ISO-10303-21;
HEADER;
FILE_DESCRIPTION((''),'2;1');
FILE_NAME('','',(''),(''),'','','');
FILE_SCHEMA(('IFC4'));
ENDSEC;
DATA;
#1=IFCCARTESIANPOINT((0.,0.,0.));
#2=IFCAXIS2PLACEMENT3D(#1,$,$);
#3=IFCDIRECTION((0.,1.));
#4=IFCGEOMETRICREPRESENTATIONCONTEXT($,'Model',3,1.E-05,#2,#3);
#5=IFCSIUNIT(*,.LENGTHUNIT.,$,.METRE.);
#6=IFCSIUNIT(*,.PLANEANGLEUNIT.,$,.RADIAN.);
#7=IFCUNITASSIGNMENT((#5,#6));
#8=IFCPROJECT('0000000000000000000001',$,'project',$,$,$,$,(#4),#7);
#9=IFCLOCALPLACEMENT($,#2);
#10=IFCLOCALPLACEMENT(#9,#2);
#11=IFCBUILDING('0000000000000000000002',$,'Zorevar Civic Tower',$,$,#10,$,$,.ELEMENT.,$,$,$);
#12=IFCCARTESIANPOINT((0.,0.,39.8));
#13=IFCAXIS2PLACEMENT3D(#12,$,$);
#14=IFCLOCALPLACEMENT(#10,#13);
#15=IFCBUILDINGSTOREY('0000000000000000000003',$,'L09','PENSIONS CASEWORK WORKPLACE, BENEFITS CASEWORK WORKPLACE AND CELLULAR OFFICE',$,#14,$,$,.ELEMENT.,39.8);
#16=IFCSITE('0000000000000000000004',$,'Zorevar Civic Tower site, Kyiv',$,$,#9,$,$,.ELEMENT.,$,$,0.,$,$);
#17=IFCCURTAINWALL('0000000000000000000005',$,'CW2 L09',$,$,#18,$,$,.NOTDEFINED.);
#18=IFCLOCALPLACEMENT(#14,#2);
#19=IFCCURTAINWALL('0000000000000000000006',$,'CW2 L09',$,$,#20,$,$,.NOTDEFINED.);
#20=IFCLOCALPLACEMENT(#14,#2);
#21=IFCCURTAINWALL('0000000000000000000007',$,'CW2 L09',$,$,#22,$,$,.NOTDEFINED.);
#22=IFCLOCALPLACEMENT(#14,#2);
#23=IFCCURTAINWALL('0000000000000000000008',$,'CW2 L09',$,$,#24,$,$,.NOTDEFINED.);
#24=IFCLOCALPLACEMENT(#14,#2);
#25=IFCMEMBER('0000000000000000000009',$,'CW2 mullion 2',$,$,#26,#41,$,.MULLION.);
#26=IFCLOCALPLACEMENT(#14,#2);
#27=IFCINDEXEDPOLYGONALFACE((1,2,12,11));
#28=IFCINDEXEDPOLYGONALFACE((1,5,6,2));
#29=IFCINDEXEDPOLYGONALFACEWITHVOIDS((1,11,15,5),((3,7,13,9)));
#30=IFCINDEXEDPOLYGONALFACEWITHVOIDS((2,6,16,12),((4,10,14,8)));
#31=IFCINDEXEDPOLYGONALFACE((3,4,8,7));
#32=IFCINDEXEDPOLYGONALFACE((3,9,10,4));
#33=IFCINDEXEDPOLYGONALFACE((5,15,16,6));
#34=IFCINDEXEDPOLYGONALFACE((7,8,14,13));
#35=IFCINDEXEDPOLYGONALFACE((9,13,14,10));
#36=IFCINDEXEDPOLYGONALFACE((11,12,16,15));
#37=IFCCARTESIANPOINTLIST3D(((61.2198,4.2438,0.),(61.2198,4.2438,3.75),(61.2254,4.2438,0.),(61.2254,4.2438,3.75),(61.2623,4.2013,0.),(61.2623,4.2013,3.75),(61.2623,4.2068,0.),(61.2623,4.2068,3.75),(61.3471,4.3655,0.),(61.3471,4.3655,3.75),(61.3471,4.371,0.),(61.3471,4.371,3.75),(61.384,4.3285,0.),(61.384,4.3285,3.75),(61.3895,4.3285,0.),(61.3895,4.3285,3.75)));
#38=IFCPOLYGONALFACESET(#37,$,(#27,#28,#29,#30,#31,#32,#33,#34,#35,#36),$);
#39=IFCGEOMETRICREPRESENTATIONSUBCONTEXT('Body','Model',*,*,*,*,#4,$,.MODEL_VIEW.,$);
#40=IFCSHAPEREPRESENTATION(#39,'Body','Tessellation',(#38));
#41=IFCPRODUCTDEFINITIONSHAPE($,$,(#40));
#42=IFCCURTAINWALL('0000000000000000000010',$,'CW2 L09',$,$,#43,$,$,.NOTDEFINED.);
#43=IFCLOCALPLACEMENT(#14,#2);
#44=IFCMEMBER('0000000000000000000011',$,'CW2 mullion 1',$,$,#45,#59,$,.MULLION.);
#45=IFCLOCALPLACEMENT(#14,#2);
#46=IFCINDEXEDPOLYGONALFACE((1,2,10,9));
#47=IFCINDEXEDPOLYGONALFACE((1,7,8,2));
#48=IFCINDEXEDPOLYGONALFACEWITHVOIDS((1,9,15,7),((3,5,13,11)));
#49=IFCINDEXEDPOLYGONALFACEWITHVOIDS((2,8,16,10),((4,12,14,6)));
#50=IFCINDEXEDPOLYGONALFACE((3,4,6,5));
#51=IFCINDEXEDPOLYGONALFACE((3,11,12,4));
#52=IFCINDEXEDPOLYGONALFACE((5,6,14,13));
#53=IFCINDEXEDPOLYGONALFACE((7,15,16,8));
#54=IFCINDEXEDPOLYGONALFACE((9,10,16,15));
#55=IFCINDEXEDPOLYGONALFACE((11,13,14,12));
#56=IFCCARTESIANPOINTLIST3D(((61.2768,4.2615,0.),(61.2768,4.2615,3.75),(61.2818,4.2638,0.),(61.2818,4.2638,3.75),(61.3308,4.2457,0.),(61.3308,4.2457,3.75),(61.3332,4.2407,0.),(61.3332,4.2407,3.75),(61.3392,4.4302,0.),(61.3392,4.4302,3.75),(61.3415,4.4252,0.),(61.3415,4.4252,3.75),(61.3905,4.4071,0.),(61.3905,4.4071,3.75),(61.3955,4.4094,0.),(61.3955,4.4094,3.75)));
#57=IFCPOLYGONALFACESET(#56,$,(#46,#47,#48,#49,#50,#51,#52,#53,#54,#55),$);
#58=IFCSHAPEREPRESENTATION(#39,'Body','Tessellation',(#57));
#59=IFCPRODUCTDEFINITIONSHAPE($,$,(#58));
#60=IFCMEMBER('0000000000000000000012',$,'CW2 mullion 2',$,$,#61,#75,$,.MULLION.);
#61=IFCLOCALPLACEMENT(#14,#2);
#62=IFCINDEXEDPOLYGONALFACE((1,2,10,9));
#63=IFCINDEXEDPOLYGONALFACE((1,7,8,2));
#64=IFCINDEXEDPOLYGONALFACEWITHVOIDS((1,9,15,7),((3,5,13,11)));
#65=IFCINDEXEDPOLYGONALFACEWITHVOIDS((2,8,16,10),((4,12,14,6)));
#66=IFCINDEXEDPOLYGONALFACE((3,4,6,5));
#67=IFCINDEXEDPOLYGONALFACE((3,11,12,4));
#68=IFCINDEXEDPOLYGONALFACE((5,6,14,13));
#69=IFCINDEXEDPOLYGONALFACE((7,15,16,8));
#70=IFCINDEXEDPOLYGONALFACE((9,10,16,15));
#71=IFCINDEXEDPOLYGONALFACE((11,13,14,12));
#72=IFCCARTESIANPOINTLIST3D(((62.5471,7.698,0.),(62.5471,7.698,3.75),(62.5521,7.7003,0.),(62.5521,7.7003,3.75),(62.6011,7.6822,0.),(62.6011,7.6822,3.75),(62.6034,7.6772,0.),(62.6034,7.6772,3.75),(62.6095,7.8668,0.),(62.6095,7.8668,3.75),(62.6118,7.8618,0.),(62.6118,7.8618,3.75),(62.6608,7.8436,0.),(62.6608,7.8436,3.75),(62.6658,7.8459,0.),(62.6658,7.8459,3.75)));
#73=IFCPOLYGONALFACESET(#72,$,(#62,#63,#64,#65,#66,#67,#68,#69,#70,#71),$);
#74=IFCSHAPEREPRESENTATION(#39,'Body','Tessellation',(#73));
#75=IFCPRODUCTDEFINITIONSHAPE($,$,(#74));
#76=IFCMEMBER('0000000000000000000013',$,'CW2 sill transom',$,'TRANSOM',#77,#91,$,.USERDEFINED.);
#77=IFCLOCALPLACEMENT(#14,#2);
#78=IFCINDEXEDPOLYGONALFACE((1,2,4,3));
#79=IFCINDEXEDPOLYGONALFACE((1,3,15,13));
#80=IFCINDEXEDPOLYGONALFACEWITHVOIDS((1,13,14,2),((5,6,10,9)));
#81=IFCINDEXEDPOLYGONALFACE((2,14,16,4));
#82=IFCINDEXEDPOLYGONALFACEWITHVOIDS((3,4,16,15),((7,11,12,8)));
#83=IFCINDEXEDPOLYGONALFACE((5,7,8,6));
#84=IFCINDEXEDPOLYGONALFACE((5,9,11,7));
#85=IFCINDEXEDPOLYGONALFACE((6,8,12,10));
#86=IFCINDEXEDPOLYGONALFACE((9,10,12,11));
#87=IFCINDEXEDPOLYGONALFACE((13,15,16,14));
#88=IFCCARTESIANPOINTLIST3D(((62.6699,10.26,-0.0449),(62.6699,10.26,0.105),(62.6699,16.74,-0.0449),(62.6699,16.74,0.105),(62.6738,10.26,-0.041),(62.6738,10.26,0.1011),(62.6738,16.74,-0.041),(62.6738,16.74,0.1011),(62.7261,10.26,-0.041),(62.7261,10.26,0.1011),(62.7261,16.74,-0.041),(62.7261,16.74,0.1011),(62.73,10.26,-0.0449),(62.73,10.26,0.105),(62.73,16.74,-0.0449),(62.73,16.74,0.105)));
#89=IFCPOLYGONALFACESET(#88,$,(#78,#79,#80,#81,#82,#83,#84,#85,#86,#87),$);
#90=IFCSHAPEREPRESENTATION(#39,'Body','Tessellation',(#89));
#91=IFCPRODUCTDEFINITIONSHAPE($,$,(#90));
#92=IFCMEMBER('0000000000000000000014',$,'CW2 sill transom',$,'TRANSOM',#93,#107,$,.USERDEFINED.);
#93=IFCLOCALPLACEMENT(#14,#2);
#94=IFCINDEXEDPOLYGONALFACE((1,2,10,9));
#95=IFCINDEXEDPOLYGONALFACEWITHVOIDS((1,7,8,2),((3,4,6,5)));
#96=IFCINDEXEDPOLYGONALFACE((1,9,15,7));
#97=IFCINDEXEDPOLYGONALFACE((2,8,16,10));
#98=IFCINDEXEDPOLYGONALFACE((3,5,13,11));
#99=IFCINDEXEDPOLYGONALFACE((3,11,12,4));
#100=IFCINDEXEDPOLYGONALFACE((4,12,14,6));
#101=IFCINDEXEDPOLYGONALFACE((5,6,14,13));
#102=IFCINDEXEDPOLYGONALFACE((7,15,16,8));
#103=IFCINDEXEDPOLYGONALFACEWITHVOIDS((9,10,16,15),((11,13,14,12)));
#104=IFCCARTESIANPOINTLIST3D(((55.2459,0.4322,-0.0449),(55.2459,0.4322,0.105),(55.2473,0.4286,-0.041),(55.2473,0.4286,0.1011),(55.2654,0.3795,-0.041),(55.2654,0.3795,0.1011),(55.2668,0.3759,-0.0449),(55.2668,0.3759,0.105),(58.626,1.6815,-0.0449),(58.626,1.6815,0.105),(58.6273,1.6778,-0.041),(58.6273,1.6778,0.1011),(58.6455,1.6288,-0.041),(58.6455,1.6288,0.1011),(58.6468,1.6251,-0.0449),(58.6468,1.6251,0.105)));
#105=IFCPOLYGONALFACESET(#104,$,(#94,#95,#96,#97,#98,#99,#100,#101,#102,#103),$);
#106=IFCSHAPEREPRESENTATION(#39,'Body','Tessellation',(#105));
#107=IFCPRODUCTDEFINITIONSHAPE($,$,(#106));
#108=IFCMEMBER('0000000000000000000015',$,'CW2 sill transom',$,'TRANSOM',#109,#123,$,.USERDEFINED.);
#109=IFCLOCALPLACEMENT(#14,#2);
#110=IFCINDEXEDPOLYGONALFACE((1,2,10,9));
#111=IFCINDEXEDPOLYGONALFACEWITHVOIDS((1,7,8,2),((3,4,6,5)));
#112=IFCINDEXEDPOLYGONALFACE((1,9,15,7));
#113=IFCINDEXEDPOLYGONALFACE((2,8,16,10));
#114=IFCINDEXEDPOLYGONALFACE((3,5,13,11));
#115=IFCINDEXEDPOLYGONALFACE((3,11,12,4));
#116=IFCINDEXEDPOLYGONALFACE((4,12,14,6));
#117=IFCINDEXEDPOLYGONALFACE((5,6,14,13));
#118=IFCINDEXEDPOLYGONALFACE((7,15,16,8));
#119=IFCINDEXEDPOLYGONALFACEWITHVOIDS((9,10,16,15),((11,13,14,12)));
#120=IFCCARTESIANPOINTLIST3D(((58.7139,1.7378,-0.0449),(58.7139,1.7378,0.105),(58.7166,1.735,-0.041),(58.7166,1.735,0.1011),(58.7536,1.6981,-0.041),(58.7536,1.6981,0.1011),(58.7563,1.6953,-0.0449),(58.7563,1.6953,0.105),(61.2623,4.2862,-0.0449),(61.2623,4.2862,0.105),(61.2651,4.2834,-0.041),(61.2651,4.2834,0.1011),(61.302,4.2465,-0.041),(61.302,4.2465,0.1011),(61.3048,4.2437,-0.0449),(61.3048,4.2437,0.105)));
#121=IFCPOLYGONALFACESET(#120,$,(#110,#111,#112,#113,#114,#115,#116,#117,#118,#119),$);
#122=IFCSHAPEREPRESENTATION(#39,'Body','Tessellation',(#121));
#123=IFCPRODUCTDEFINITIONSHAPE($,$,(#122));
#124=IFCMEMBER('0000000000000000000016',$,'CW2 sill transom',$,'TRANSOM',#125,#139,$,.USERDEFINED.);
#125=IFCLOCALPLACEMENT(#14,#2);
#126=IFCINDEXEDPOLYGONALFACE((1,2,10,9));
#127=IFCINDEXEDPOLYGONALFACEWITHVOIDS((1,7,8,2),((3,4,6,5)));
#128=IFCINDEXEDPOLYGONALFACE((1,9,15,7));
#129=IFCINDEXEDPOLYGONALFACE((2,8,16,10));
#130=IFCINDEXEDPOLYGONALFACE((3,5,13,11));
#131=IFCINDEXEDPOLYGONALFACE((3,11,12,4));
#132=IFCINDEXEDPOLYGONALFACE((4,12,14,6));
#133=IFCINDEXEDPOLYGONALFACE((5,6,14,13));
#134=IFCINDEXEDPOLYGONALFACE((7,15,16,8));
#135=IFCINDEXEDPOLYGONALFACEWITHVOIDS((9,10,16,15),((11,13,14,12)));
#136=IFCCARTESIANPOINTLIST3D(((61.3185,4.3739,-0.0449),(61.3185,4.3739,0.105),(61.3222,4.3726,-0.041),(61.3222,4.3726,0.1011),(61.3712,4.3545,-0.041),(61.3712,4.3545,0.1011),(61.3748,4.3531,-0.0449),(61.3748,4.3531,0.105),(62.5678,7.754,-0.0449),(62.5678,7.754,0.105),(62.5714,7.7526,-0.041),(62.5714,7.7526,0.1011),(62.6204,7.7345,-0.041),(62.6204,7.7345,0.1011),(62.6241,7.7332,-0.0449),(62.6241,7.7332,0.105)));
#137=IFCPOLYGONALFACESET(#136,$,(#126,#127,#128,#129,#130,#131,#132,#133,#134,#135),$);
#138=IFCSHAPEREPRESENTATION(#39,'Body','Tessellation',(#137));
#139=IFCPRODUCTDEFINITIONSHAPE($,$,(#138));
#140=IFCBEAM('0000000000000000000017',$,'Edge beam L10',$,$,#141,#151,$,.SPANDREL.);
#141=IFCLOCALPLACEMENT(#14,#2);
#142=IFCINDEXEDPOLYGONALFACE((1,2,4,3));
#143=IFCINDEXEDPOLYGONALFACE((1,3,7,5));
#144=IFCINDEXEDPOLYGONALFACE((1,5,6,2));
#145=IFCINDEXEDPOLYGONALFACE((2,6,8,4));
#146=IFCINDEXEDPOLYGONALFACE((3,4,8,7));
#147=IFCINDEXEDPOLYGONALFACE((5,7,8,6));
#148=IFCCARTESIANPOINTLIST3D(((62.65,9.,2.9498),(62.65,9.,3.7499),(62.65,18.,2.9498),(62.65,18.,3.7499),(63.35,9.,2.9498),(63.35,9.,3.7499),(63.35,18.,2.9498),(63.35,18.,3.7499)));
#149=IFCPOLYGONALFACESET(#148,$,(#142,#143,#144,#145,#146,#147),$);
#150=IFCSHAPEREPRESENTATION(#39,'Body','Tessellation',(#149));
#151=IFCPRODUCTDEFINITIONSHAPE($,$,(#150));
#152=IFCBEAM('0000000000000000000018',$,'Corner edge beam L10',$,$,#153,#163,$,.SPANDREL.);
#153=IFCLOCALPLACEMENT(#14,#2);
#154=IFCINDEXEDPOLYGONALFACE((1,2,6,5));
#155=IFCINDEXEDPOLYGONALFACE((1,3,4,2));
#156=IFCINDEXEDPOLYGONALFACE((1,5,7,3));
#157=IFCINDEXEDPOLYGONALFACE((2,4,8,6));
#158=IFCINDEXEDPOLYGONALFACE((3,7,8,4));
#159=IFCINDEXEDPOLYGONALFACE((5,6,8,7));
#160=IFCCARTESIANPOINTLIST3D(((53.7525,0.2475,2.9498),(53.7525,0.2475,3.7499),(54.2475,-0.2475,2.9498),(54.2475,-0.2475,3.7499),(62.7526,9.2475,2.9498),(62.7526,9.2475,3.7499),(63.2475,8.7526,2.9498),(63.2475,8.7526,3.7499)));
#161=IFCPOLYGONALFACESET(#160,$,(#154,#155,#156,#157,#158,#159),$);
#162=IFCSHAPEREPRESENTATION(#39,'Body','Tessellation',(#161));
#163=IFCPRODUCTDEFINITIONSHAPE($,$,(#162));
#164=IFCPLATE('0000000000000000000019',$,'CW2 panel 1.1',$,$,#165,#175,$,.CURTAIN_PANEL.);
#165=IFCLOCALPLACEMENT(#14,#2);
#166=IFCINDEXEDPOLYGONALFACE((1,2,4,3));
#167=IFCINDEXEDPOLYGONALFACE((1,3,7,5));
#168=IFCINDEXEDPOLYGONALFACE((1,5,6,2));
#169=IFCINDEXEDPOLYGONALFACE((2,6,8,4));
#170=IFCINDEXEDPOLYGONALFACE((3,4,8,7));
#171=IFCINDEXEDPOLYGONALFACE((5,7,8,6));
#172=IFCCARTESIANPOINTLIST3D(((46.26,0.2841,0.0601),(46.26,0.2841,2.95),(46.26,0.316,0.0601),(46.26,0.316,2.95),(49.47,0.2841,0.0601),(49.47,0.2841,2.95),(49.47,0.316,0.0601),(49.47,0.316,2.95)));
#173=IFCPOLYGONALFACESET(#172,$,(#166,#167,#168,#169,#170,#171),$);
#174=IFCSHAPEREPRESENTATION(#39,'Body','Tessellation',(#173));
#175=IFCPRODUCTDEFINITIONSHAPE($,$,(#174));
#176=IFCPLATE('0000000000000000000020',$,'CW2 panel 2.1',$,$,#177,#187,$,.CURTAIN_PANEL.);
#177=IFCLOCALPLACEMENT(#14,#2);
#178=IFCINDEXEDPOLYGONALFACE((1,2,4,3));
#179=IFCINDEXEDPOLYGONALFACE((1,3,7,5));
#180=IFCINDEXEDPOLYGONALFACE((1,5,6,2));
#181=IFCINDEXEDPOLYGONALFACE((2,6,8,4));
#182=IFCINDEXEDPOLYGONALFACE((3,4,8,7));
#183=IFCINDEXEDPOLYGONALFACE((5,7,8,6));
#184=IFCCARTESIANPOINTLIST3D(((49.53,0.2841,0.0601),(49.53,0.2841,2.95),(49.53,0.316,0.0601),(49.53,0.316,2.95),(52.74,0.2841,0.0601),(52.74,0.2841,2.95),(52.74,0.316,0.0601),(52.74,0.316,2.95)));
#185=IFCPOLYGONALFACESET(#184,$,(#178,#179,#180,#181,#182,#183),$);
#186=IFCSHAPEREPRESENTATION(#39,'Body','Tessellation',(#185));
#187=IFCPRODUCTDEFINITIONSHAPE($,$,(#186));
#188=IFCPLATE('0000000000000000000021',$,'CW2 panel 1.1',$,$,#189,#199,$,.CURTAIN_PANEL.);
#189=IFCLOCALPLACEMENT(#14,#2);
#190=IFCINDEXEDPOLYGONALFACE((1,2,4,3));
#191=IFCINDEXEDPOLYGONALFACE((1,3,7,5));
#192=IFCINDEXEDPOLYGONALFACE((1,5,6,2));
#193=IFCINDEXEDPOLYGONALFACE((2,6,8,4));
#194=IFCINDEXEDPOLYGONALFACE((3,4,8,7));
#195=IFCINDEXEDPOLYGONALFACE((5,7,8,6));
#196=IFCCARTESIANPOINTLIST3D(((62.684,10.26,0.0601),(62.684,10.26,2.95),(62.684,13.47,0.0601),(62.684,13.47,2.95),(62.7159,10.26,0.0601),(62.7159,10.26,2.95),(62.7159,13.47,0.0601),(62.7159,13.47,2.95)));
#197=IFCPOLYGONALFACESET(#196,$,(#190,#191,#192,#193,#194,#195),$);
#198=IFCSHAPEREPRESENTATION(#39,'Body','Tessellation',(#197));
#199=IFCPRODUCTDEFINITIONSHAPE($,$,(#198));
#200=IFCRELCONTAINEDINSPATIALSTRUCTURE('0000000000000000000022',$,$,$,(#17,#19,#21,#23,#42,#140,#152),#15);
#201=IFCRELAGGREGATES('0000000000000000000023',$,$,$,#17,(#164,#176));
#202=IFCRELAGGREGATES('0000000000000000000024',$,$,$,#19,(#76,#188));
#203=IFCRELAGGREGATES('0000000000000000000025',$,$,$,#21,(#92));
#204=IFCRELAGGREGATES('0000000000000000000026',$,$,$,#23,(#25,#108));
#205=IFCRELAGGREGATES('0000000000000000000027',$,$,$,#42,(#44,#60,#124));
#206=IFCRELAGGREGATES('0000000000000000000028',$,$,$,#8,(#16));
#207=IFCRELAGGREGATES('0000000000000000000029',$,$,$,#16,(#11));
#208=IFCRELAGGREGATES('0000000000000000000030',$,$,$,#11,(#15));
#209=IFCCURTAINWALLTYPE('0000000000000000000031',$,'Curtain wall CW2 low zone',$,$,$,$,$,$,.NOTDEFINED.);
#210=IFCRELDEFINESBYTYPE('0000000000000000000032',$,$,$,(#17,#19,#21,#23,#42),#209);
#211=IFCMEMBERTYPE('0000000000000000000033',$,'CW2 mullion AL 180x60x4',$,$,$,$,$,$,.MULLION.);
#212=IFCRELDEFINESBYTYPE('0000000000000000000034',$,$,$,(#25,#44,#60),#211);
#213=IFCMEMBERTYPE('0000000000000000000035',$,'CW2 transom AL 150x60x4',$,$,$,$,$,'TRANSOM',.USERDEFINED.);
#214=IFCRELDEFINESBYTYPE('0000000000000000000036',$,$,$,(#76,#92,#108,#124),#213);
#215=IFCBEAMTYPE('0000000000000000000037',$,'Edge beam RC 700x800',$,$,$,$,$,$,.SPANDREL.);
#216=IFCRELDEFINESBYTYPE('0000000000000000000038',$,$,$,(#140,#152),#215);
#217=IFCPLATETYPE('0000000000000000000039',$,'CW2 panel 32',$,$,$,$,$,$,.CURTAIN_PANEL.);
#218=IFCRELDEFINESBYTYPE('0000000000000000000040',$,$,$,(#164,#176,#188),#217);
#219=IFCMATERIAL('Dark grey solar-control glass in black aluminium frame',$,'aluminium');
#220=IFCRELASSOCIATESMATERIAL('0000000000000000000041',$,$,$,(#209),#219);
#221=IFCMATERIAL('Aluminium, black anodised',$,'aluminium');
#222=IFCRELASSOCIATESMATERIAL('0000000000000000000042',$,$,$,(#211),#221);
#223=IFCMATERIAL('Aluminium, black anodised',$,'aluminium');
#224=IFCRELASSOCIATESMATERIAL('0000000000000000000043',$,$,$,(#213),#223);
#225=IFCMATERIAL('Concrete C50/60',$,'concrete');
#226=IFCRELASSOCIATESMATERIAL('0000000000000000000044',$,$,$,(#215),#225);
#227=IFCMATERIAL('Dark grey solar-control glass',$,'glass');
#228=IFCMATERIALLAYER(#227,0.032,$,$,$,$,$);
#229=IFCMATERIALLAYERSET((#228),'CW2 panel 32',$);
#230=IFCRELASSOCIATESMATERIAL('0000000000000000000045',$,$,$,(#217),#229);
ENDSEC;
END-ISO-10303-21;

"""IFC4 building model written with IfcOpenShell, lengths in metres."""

from ifc_helpers import new_model, si_unit, direction, frame, origin, origin_2d, place, context, subcontext, project, spatial, rectangle, hollow_rectangle, extrude, material, layer, layer_set, material_profile, profile_set, type_object, element, aggregate, save


model = new_model("IFC4")

# Units and contexts
model_context = context("Model", 3, precision=1e-05, world=origin(), true_north=direction((0.0, 1.0)))
body_context = subcontext(model_context, "Body", "Model", "MODEL_VIEW")
ifc_project = project(units=[si_unit("LENGTHUNIT", "METRE"), si_unit("PLANEANGLEUNIT", "RADIAN")], contexts=[model_context])

# Site, building, storey
site_placement = place(None, origin())
site = spatial("IfcSite", under=ifc_project, at=site_placement, Name="Zorevar Civic Tower site, Kyiv", CompositionType="ELEMENT", RefElevation=0.0)
building_placement = place(site_placement, origin())
building = spatial("IfcBuilding", under=site, at=building_placement, Name="Zorevar Civic Tower", CompositionType="ELEMENT")
storey_placement = place(building_placement, frame((0.0, 0.0, 39.8)))
storey = spatial("IfcBuildingStorey", under=building, at=storey_placement, Name="L09", Description="PENSIONS CASEWORK WORKPLACE, BENEFITS CASEWORK WORKPLACE AND CELLULAR OFFICE", CompositionType="ELEMENT", Elevation=39.8)

# Curtain wall
ifc_material_1 = material(Name="Dark grey solar-control glass in black aluminium frame", Category="aluminium")
curtain_wall_type = type_object("IfcCurtainWallType", Name="Curtain wall CW2 low zone", PredefinedType="NOTDEFINED", material=ifc_material_1)
curtain_wall_1_placement = place(storey_placement, origin())
curtain_wall_1 = element("IfcCurtainWall", 1, at=curtain_wall_1_placement, inside=storey, type_object=curtain_wall_type, Name="CW2 L09", PredefinedType="NOTDEFINED")
ifc_material_2 = material(Name="Aluminium, black anodised", Category="aluminium")
ifc_material_profile_1 = material_profile(ifc_material_2, hollow_rectangle(XDim=0.0601, YDim=0.1799, WallThickness=0.0039, at=origin_2d()), Name="AL 180x60x4")
ifc_profile_set_1 = profile_set([ifc_material_profile_1], Name="Aluminium, black anodised")
member_type_1 = type_object("IfcMemberType", Name="CW2 mullion AL 180x60x4", PredefinedType="MULLION", material=ifc_profile_set_1)

# Curtain wall
curtain_wall_2_placement = place(storey_placement, origin())
curtain_wall_2 = element("IfcCurtainWall", 2, at=curtain_wall_2_placement, inside=storey, type_object=curtain_wall_type, Name="CW2 L09", PredefinedType="NOTDEFINED")

# Curtain walls, members
curtain_wall_3_placement = place(storey_placement, origin())
curtain_wall_3 = element("IfcCurtainWall", 3, at=curtain_wall_3_placement, inside=storey, type_object=curtain_wall_type, Name="CW2 L09", PredefinedType="NOTDEFINED")
curtain_wall_4_placement = place(storey_placement, origin())
curtain_wall_4 = element("IfcCurtainWall", 4, at=curtain_wall_4_placement, inside=storey, type_object=curtain_wall_type, Name="CW2 L09", PredefinedType="NOTDEFINED")
member_1_placement = place(storey_placement, frame((61.3047, 4.2861, 0.0), z_axis=(0.0, 0.0, 1.0), x_axis=(-0.707107, 0.707107, 0.0)))
member_1 = element("IfcMember", 5, at=member_1_placement, type_object=member_type_1, Name="CW2 mullion 2", PredefinedType="MULLION", context=body_context, shape_type="SweptSolid", body=[
    extrude(hollow_rectangle(XDim=0.0601, YDim=0.1799, WallThickness=0.0039, at=origin_2d()), origin(), (0.0, 0.0, 1.0), 3.75),
])
curtain_wall_5_placement = place(storey_placement, origin())
curtain_wall_5 = element("IfcCurtainWall", 6, at=curtain_wall_5_placement, inside=storey, type_object=curtain_wall_type, Name="CW2 L09", PredefinedType="NOTDEFINED")
member_2_placement = place(storey_placement, frame((61.3362, 4.3354, 0.0), z_axis=(0.0, 0.0, 1.0), x_axis=(-0.937975, 0.346704, 0.0)))
member_2 = element("IfcMember", 7, at=member_2_placement, type_object=member_type_1, Name="CW2 mullion 1", PredefinedType="MULLION", context=body_context, shape_type="SweptSolid", body=[
    extrude(hollow_rectangle(XDim=0.0601, YDim=0.1799, WallThickness=0.0039, at=origin_2d()), origin(), (0.0, 0.0, 1.0), 3.75),
])
member_3_placement = place(storey_placement, frame((62.6064, 7.772, 0.0), z_axis=(0.0, 0.0, 1.0), x_axis=(-0.937975, 0.346704, 0.0)))
member_3 = element("IfcMember", 8, at=member_3_placement, type_object=member_type_1, Name="CW2 mullion 2", PredefinedType="MULLION", context=body_context, shape_type="SweptSolid", body=[
    extrude(hollow_rectangle(XDim=0.0601, YDim=0.1799, WallThickness=0.0039, at=origin_2d()), origin(), (0.0, 0.0, 1.0), 3.75),
])

# Members
ifc_material_3 = material(Name="Aluminium, black anodised", Category="aluminium")
ifc_material_profile_2 = material_profile(ifc_material_3, hollow_rectangle(XDim=0.0601, YDim=0.1499, WallThickness=0.0039, at=origin_2d()), Name="AL 150x60x4")
ifc_profile_set_2 = profile_set([ifc_material_profile_2], Name="Aluminium, black anodised")
member_type_2 = type_object("IfcMemberType", Name="CW2 transom AL 150x60x4", ElementType="TRANSOM", PredefinedType="USERDEFINED", material=ifc_profile_set_2)
member_4_placement = place(storey_placement, frame((62.7, 10.26, 0.03), z_axis=(0.0, 1.0, 0.0), x_axis=(-1.0, 0.0, 0.0)))
member_4 = element("IfcMember", 9, at=member_4_placement, type_object=member_type_2, Name="CW2 sill transom", ObjectType="TRANSOM", PredefinedType="USERDEFINED", context=body_context, shape_type="SweptSolid", body=[
    extrude(hollow_rectangle(XDim=0.0601, YDim=0.1499, WallThickness=0.0039, at=origin_2d()), origin(), (0.0, 0.0, 1.0), 6.48),
])
member_5_placement = place(storey_placement, frame((55.2563, 0.4041, 0.03), z_axis=(0.937986, 0.346672, 0.0), x_axis=(-0.346672, 0.937986, 0.0)))
member_5 = element("IfcMember", 10, at=member_5_placement, type_object=member_type_2, Name="CW2 sill transom", ObjectType="TRANSOM", PredefinedType="USERDEFINED", context=body_context, shape_type="SweptSolid", body=[
    extrude(hollow_rectangle(XDim=0.0601, YDim=0.1499, WallThickness=0.0039, at=origin_2d()), origin(), (0.0, 0.0, 1.0), 3.6035),
])
member_6_placement = place(storey_placement, frame((58.7351, 1.7166, 0.03), z_axis=(0.707107, 0.707107, 0.0), x_axis=(-0.707107, 0.707107, 0.0)))
member_6 = element("IfcMember", 11, at=member_6_placement, type_object=member_type_2, Name="CW2 sill transom", ObjectType="TRANSOM", PredefinedType="USERDEFINED", context=body_context, shape_type="SweptSolid", body=[
    extrude(hollow_rectangle(XDim=0.0601, YDim=0.1499, WallThickness=0.0039, at=origin_2d()), origin(), (0.0, 0.0, 1.0), 3.604),
])
member_7_placement = place(storey_placement, frame((61.3467, 4.3635, 0.03), z_axis=(0.346672, 0.937986, 0.0), x_axis=(-0.937986, 0.346672, 0.0)))
member_7 = element("IfcMember", 12, at=member_7_placement, type_object=member_type_2, Name="CW2 sill transom", ObjectType="TRANSOM", PredefinedType="USERDEFINED", context=body_context, shape_type="SweptSolid", body=[
    extrude(hollow_rectangle(XDim=0.0601, YDim=0.1499, WallThickness=0.0039, at=origin_2d()), origin(), (0.0, 0.0, 1.0), 3.6035),
])

# Beams
ifc_material_4 = material(Name="Concrete C50/60", Category="concrete")
ifc_material_profile_3 = material_profile(ifc_material_4, rectangle(XDim=0.7, YDim=0.8, at=origin_2d()), Name="RC 700x800")
ifc_profile_set_3 = profile_set([ifc_material_profile_3], Name="Concrete C50/60")
beam_type_1 = type_object("IfcBeamType", Name="Edge beam RC 700x800", PredefinedType="SPANDREL", material=ifc_profile_set_3)
beam_1_placement = place(storey_placement, frame((63.0, 9.0, 3.3499), z_axis=(0.0, 1.0, 0.0), x_axis=(-1.0, 0.0, 0.0)))
element("IfcBeam", 13, at=beam_1_placement, inside=storey, type_object=beam_type_1, Name="Edge beam L10", PredefinedType="SPANDREL", context=body_context, shape_type="SweptSolid", body=[
    extrude(rectangle(XDim=0.7, YDim=0.8, at=origin_2d()), origin(), (0.0, 0.0, 1.0), 9.0),
])
beam_2_placement = place(storey_placement, frame((54.0, 0.0, 3.3499), z_axis=(0.707107, 0.707107, 0.0), x_axis=(-0.707107, 0.707107, 0.0)))
element("IfcBeam", 14, at=beam_2_placement, inside=storey, type_object=beam_type_1, Name="Corner edge beam L10", PredefinedType="SPANDREL", context=body_context, shape_type="SweptSolid", body=[
    extrude(rectangle(XDim=0.7, YDim=0.8, at=origin_2d()), origin(), (0.0, 0.0, 1.0), 12.728),
])

# Plates
ifc_material_5 = material(Name="Dark grey solar-control glass", Category="glass")
ifc_layer_1 = layer(ifc_material_5, 0.032)
ifc_layer_set_1 = layer_set([ifc_layer_1], Name="CW2 panel 32")
plate_type = type_object("IfcPlateType", Name="CW2 panel 32", PredefinedType="CURTAIN_PANEL", material=ifc_layer_set_1)
plate_1_placement = place(storey_placement, frame((47.865, 0.3, 0.0601), z_axis=(0.0, 0.0, 1.0), x_axis=(1.0, 0.0, 0.0)))
plate_1 = element("IfcPlate", 15, at=plate_1_placement, type_object=plate_type, Name="CW2 panel 1.1", PredefinedType="CURTAIN_PANEL", context=body_context, shape_type="SweptSolid", body=[
    extrude(rectangle(XDim=3.21, YDim=0.032, at=origin_2d()), origin(), (0.0, 0.0, 1.0), 2.8899),
])
plate_2_placement = place(storey_placement, frame((51.135, 0.3, 0.0601), z_axis=(0.0, 0.0, 1.0), x_axis=(1.0, 0.0, 0.0)))
plate_2 = element("IfcPlate", 16, at=plate_2_placement, type_object=plate_type, Name="CW2 panel 2.1", PredefinedType="CURTAIN_PANEL", context=body_context, shape_type="SweptSolid", body=[
    extrude(rectangle(XDim=3.21, YDim=0.032, at=origin_2d()), origin(), (0.0, 0.0, 1.0), 2.8899),
])
aggregate(curtain_wall_1, [plate_1, plate_2])
plate_3_placement = place(storey_placement, frame((62.7, 11.865, 0.0601), z_axis=(0.0, 0.0, 1.0), x_axis=(0.0, 1.0, 0.0)))
plate_3 = element("IfcPlate", 17, at=plate_3_placement, type_object=plate_type, Name="CW2 panel 1.1", PredefinedType="CURTAIN_PANEL", context=body_context, shape_type="SweptSolid", body=[
    extrude(rectangle(XDim=3.21, YDim=0.032, at=origin_2d()), origin(), (0.0, 0.0, 1.0), 2.8899),
])
aggregate(curtain_wall_2, [member_4, plate_3])
aggregate(curtain_wall_3, [member_5])
aggregate(curtain_wall_4, [member_1, member_6])
aggregate(curtain_wall_5, [member_2, member_3, member_7])

save(model, "model.ifc")
